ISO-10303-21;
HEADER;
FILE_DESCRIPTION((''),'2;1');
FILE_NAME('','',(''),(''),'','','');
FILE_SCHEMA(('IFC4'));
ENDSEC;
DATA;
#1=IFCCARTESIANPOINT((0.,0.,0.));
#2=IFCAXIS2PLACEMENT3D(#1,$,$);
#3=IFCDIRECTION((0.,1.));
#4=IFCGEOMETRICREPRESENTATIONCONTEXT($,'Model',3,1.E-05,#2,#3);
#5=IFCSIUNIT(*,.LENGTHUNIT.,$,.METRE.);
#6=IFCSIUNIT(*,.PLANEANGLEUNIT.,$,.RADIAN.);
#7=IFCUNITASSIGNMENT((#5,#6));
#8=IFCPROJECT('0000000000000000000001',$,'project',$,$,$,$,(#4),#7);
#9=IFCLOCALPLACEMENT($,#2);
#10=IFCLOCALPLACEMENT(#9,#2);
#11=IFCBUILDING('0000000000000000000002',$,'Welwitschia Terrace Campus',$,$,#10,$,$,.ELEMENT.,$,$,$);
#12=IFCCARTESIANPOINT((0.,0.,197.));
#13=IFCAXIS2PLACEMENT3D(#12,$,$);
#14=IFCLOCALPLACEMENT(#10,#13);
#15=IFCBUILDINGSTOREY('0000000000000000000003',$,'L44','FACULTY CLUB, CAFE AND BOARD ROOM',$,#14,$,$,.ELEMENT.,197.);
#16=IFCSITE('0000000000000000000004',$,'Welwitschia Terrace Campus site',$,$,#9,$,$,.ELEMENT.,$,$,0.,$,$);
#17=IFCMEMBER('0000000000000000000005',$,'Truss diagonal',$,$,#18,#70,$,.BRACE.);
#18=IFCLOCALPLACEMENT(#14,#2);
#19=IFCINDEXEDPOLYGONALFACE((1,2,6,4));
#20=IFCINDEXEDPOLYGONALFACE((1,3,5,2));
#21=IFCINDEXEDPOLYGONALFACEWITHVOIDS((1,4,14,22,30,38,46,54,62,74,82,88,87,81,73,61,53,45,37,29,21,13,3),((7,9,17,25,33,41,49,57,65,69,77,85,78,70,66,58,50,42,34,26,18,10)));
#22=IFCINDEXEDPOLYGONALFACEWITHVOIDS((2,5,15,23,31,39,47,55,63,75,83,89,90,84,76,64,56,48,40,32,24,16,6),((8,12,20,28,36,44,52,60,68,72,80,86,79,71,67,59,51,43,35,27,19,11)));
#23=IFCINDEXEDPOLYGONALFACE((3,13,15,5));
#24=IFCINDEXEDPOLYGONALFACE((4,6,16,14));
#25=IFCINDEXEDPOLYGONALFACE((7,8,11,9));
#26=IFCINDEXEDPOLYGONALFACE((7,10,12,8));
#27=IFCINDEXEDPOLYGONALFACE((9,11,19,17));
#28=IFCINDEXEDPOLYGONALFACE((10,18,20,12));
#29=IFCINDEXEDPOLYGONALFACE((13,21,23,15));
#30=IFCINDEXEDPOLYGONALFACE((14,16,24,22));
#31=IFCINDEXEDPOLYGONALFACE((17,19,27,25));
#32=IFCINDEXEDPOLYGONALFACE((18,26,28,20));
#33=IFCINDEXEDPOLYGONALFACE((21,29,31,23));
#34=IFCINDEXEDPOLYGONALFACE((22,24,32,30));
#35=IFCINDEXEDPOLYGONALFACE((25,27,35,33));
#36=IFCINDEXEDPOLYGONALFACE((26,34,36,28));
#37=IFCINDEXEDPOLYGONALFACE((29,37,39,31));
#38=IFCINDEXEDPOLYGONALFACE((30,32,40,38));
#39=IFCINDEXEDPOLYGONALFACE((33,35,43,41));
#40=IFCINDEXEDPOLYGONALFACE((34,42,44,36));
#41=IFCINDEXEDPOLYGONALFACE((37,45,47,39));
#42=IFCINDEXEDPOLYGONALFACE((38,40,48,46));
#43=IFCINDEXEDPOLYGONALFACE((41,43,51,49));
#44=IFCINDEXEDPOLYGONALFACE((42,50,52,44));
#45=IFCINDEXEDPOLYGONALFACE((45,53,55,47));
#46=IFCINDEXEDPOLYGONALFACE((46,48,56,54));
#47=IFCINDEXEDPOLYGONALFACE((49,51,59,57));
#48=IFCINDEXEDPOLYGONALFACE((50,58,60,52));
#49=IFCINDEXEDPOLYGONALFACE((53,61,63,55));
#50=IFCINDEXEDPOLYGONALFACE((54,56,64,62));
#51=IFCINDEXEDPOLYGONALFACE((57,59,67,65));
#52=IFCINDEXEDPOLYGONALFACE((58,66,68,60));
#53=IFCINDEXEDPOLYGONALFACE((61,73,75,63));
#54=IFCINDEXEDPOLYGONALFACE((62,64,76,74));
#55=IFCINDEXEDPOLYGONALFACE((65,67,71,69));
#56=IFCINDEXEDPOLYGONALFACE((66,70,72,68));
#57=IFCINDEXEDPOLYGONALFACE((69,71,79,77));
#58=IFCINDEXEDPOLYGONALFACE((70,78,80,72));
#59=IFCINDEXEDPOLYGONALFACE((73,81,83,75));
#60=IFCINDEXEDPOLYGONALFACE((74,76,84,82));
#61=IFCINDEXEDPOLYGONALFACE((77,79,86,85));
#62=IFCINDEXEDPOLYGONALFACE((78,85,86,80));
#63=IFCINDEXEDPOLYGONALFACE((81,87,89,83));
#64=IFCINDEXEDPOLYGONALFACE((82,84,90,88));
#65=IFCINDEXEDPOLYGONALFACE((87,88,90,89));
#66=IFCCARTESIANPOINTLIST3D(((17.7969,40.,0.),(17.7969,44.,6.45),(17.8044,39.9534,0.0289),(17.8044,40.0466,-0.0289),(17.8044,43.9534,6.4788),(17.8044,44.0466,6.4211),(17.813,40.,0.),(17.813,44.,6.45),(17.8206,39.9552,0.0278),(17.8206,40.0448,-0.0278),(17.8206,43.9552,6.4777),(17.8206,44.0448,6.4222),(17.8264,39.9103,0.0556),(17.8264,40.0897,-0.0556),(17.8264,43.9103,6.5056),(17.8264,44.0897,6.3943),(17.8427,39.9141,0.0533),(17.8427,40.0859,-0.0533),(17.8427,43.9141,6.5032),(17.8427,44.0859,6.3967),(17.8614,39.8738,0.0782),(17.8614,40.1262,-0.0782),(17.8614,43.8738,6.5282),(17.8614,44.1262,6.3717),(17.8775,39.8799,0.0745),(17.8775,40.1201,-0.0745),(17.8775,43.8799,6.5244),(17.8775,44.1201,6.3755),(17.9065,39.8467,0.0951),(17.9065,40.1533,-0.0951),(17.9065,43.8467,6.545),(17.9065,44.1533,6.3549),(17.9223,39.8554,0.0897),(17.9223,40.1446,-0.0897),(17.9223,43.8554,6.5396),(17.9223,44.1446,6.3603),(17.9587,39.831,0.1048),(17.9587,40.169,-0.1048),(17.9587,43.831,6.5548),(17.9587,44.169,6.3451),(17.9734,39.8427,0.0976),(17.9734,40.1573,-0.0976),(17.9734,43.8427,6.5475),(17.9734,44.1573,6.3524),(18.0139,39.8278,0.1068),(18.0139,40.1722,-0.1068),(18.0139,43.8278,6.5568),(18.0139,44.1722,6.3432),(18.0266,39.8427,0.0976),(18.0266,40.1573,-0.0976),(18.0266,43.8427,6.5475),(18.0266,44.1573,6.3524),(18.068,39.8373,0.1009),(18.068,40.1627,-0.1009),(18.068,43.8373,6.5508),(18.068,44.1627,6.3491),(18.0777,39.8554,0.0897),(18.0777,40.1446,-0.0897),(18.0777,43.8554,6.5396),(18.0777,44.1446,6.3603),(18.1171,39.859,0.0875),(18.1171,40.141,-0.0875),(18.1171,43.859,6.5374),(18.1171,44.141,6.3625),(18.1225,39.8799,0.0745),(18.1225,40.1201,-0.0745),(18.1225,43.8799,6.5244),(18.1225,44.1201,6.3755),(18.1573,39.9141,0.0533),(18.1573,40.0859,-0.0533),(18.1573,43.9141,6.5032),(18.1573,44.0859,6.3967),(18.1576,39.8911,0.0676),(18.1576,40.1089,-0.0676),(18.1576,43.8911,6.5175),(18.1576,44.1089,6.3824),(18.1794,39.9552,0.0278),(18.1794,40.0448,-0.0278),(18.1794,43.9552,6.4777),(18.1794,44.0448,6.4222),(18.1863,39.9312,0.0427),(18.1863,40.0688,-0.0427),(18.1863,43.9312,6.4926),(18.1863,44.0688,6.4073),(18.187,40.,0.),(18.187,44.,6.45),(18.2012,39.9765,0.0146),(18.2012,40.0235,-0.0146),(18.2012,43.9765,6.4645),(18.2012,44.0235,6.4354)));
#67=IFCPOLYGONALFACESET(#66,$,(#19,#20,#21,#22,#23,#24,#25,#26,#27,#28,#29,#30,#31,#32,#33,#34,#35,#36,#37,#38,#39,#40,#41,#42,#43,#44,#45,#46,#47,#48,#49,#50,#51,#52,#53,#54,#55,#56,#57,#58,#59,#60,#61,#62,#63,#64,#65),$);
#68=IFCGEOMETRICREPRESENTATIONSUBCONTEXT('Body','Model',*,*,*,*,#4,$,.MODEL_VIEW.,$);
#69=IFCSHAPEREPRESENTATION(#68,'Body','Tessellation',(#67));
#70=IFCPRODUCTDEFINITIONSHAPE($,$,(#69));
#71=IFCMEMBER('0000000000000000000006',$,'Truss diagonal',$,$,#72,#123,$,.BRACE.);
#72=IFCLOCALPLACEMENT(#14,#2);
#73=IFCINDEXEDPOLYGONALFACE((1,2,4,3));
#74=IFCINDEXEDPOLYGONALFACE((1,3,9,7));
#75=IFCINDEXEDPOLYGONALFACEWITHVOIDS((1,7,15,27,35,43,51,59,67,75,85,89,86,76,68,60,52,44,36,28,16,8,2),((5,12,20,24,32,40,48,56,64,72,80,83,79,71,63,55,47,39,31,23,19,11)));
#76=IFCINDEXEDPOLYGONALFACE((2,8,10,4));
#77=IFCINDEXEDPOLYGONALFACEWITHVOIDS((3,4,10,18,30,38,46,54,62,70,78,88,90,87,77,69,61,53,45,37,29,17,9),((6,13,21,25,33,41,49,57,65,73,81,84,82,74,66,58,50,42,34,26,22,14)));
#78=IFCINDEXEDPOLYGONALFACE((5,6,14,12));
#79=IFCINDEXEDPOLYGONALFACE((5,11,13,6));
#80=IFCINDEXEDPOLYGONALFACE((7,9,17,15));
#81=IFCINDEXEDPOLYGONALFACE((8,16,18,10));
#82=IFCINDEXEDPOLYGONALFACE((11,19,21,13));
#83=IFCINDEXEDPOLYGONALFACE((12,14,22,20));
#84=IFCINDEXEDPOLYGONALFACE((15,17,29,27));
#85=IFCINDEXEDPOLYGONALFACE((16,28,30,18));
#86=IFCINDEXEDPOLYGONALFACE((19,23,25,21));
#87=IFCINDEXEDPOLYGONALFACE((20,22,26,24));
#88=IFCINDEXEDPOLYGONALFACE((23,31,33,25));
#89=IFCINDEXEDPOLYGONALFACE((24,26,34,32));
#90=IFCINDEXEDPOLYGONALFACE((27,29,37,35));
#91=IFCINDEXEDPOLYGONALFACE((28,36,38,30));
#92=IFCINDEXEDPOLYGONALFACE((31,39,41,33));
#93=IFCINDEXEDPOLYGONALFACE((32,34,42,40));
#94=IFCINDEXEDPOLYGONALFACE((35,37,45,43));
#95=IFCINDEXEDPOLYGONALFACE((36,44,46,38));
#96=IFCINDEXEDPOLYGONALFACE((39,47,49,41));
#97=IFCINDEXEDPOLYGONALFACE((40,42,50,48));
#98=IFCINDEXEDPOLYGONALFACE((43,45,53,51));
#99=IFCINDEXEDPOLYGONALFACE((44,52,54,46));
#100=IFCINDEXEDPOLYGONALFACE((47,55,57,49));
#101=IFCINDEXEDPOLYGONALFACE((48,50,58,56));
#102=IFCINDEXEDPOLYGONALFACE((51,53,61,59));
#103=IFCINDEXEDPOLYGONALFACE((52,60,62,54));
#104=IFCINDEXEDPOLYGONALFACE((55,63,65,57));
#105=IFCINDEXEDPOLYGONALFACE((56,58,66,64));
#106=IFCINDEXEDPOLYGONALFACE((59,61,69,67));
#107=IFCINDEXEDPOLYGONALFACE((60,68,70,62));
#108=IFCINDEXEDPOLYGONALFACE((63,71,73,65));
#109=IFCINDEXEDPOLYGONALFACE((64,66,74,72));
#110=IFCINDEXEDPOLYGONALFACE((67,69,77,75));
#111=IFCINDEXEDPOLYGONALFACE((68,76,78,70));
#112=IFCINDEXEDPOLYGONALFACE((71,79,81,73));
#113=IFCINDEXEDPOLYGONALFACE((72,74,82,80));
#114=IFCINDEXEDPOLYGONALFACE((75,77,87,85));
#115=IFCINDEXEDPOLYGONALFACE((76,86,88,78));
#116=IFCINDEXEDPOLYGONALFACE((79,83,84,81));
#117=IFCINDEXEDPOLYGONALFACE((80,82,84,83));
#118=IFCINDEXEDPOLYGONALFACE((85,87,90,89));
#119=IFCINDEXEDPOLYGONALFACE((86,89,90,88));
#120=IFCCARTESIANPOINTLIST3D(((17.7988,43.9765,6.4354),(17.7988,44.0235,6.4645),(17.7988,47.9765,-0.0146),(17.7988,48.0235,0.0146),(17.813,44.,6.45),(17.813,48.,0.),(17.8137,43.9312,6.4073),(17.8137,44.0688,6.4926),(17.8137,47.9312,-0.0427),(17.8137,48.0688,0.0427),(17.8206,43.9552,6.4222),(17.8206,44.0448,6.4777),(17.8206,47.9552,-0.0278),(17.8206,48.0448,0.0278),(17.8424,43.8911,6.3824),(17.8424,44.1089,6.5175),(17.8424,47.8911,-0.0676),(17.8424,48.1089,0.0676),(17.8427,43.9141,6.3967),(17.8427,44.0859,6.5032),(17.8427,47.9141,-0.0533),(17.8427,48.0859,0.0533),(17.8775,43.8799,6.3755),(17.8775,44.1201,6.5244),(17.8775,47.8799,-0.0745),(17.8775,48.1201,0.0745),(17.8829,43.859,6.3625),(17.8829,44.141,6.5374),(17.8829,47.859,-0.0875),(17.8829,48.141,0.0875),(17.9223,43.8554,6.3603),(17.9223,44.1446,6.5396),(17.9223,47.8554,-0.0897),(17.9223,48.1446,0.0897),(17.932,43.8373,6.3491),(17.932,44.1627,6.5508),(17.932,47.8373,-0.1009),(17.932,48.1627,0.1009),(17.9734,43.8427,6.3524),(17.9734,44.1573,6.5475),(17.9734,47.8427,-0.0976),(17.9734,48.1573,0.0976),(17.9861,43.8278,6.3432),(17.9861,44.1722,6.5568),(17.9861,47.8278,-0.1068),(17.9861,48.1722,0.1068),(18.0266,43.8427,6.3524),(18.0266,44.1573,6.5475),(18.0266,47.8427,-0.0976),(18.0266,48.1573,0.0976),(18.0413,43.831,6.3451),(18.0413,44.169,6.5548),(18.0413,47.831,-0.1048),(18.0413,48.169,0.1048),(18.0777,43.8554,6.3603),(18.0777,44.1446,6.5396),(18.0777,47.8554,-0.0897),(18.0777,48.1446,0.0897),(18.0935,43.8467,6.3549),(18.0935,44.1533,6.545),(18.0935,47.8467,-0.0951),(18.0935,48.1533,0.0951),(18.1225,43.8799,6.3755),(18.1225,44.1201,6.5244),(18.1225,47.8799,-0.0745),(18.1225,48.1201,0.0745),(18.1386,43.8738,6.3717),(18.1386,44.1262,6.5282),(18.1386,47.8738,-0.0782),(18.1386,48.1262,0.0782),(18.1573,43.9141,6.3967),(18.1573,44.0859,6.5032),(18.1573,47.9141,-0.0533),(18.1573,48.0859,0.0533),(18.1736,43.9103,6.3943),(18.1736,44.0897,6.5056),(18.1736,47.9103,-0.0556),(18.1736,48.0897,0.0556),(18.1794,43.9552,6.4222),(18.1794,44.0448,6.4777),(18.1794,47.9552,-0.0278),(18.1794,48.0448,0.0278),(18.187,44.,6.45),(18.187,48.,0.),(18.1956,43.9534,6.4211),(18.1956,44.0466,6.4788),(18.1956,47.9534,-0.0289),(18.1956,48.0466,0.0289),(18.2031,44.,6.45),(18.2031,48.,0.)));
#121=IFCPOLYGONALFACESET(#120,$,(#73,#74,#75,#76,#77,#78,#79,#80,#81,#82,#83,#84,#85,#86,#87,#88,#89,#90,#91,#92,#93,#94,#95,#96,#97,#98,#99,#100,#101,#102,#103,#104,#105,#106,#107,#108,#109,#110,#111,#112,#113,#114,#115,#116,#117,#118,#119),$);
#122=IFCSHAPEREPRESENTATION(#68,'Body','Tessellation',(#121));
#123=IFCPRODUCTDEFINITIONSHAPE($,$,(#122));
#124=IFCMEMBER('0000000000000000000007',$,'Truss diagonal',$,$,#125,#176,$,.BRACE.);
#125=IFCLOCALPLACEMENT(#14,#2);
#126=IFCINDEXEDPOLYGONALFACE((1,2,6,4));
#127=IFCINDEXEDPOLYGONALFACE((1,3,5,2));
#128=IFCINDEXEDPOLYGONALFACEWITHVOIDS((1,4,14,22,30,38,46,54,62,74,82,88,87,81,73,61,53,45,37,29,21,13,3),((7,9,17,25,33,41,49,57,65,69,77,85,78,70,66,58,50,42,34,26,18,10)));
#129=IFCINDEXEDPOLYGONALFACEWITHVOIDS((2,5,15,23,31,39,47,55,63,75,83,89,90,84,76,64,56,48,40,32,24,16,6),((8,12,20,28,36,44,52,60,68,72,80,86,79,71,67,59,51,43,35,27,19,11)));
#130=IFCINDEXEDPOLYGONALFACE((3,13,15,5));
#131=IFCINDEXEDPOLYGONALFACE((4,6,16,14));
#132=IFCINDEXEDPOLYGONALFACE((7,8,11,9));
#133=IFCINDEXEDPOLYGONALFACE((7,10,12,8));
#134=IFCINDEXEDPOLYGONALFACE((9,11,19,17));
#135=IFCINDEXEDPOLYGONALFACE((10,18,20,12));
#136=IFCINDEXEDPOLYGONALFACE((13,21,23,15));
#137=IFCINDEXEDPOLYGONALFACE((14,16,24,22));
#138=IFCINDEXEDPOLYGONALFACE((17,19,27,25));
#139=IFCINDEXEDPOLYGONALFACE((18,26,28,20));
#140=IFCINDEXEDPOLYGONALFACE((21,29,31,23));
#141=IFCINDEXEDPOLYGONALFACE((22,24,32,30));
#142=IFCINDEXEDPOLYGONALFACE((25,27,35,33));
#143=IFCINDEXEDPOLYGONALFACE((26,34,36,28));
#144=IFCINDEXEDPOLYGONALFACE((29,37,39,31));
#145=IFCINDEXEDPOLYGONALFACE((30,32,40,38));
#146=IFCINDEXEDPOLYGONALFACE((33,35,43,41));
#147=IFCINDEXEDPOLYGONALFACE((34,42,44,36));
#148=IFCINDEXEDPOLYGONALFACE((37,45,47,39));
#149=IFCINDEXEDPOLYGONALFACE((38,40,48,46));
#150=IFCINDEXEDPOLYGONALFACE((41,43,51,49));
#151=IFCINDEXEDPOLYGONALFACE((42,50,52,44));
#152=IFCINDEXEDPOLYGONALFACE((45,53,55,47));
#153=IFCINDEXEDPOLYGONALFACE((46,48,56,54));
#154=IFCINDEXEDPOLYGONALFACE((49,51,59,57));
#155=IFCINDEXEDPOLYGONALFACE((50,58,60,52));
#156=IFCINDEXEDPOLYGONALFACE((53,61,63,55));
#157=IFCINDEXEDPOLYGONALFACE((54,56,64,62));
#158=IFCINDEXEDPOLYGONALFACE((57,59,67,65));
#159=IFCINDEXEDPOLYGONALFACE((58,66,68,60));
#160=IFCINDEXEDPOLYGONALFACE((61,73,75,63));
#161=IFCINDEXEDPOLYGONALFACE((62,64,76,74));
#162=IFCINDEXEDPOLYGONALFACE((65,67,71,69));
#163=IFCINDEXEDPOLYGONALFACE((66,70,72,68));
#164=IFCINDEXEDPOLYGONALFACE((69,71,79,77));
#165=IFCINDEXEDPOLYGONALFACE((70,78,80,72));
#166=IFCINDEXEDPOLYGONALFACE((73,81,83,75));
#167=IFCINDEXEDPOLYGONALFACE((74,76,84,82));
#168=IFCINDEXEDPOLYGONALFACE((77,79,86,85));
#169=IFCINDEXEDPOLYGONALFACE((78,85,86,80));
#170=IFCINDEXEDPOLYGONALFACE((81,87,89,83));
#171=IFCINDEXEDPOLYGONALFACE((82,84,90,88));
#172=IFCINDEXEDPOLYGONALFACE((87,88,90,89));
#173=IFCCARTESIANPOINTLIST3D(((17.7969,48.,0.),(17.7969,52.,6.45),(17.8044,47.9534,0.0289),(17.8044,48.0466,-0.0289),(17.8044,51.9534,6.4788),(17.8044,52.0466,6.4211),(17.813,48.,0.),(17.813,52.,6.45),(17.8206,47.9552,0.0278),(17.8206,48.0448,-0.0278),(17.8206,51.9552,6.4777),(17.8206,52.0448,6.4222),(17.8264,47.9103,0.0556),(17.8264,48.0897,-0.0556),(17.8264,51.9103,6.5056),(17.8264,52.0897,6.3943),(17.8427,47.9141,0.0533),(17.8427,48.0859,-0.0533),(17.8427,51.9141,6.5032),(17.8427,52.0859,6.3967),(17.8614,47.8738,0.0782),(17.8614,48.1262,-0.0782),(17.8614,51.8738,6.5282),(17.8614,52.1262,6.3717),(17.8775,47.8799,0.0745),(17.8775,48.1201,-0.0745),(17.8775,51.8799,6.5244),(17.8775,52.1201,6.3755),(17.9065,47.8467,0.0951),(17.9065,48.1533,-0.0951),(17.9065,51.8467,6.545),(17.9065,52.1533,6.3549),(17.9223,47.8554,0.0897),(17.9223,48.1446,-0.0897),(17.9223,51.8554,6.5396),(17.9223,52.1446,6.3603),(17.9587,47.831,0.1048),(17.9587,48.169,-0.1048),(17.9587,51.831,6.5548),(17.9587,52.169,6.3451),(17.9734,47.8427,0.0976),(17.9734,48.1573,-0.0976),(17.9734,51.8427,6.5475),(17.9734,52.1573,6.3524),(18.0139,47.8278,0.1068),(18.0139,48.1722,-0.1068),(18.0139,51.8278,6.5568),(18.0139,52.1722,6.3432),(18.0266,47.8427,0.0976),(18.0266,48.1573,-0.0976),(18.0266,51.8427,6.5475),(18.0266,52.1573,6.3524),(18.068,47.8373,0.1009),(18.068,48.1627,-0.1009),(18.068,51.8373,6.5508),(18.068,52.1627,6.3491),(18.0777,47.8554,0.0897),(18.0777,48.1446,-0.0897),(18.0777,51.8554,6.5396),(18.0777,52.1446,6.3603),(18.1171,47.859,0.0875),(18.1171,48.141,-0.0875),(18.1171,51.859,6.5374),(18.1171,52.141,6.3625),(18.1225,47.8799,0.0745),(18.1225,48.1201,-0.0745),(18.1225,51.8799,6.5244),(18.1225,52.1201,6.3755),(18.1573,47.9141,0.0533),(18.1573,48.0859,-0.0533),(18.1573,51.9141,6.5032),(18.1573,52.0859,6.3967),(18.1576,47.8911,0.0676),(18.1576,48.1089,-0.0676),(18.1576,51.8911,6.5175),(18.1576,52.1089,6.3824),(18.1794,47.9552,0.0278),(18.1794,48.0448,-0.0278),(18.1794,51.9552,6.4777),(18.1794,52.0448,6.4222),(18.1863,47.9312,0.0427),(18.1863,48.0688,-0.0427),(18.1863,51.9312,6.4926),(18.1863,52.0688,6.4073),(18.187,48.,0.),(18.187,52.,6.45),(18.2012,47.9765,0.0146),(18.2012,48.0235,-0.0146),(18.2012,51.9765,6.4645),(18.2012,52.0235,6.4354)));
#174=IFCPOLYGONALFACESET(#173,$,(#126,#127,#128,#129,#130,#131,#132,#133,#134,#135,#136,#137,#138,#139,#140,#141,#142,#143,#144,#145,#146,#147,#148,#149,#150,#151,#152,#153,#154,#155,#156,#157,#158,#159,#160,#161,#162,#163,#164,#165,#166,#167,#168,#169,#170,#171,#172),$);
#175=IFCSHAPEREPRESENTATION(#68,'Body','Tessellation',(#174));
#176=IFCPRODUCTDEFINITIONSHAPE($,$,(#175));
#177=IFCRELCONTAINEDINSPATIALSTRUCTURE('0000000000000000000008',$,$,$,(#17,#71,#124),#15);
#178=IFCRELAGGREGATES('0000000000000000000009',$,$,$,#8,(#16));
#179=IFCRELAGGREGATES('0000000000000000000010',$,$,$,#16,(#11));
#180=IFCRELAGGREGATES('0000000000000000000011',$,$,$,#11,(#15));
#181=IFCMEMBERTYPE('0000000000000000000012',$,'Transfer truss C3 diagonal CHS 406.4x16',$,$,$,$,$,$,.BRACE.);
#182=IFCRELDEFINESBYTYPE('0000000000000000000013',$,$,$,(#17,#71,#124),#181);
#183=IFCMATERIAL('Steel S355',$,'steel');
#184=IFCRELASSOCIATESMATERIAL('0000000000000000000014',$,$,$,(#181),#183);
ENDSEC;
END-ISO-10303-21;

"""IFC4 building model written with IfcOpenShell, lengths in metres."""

from ifc_helpers import new_model, si_unit, direction, frame, origin, origin_2d, place, context, subcontext, project, spatial, hollow_circle, extrude, material, material_profile, profile_set, type_object, element, save


model = new_model("IFC4")

# Units and contexts
model_context = context("Model", 3, precision=1e-05, world=origin(), true_north=direction((0.0, 1.0)))
body_context = subcontext(model_context, "Body", "Model", "MODEL_VIEW")
ifc_project = project(units=[si_unit("LENGTHUNIT", "METRE"), si_unit("PLANEANGLEUNIT", "RADIAN")], contexts=[model_context])

# Site, building, storey
site_placement = place(None, origin())
site = spatial("IfcSite", under=ifc_project, at=site_placement, Name="Welwitschia Terrace Campus site", CompositionType="ELEMENT", RefElevation=0.0)
building_placement = place(site_placement, origin())
building = spatial("IfcBuilding", under=site, at=building_placement, Name="Welwitschia Terrace Campus", CompositionType="ELEMENT")
storey_placement = place(building_placement, frame((0.0, 0.0, 197.0)))
storey = spatial("IfcBuildingStorey", under=building, at=storey_placement, Name="L44", Description="FACULTY CLUB, CAFE AND BOARD ROOM", CompositionType="ELEMENT", Elevation=197.0)

# Members
ifc_material_1 = material(Name="Steel S355", Category="steel")
ifc_material_profile_1 = material_profile(ifc_material_1, hollow_circle(Radius=0.2031, WallThickness=0.0161, at=origin_2d()))
ifc_profile_set_1 = profile_set([ifc_material_profile_1], Name="Steel S355")
member_type_1 = type_object("IfcMemberType", Name="Transfer truss C3 diagonal CHS 406.4x16", PredefinedType="BRACE", material=ifc_profile_set_1)
for number, where, z_axis, x_axis, name in (
    (1, (18.0, 40.0, 0.0), (0.0, 0.527038, 0.849842), (-1.0, 0.0, 0.0), "Truss diagonal"),
    (2, (18.0, 48.0, 0.0), (0.0, -0.527038, 0.849842), (1.0, 0.0, 0.0), "Truss diagonal"),
    (3, (18.0, 48.0, 0.0), (0.0, 0.527038, 0.849842), (-1.0, 0.0, 0.0), "Truss diagonal"),
):
    element("IfcMember", number, at=place(storey_placement, frame(where, z_axis=z_axis, x_axis=x_axis)), inside=storey, type_object=member_type_1, Name=name, PredefinedType="BRACE", context=body_context, shape_type="SweptSolid", body=[
        extrude(hollow_circle(Radius=0.2031, WallThickness=0.0161, at=origin_2d()), origin(), (0.0, 0.0, 1.0), 7.5896),
    ])

save(model, "model.ifc")
